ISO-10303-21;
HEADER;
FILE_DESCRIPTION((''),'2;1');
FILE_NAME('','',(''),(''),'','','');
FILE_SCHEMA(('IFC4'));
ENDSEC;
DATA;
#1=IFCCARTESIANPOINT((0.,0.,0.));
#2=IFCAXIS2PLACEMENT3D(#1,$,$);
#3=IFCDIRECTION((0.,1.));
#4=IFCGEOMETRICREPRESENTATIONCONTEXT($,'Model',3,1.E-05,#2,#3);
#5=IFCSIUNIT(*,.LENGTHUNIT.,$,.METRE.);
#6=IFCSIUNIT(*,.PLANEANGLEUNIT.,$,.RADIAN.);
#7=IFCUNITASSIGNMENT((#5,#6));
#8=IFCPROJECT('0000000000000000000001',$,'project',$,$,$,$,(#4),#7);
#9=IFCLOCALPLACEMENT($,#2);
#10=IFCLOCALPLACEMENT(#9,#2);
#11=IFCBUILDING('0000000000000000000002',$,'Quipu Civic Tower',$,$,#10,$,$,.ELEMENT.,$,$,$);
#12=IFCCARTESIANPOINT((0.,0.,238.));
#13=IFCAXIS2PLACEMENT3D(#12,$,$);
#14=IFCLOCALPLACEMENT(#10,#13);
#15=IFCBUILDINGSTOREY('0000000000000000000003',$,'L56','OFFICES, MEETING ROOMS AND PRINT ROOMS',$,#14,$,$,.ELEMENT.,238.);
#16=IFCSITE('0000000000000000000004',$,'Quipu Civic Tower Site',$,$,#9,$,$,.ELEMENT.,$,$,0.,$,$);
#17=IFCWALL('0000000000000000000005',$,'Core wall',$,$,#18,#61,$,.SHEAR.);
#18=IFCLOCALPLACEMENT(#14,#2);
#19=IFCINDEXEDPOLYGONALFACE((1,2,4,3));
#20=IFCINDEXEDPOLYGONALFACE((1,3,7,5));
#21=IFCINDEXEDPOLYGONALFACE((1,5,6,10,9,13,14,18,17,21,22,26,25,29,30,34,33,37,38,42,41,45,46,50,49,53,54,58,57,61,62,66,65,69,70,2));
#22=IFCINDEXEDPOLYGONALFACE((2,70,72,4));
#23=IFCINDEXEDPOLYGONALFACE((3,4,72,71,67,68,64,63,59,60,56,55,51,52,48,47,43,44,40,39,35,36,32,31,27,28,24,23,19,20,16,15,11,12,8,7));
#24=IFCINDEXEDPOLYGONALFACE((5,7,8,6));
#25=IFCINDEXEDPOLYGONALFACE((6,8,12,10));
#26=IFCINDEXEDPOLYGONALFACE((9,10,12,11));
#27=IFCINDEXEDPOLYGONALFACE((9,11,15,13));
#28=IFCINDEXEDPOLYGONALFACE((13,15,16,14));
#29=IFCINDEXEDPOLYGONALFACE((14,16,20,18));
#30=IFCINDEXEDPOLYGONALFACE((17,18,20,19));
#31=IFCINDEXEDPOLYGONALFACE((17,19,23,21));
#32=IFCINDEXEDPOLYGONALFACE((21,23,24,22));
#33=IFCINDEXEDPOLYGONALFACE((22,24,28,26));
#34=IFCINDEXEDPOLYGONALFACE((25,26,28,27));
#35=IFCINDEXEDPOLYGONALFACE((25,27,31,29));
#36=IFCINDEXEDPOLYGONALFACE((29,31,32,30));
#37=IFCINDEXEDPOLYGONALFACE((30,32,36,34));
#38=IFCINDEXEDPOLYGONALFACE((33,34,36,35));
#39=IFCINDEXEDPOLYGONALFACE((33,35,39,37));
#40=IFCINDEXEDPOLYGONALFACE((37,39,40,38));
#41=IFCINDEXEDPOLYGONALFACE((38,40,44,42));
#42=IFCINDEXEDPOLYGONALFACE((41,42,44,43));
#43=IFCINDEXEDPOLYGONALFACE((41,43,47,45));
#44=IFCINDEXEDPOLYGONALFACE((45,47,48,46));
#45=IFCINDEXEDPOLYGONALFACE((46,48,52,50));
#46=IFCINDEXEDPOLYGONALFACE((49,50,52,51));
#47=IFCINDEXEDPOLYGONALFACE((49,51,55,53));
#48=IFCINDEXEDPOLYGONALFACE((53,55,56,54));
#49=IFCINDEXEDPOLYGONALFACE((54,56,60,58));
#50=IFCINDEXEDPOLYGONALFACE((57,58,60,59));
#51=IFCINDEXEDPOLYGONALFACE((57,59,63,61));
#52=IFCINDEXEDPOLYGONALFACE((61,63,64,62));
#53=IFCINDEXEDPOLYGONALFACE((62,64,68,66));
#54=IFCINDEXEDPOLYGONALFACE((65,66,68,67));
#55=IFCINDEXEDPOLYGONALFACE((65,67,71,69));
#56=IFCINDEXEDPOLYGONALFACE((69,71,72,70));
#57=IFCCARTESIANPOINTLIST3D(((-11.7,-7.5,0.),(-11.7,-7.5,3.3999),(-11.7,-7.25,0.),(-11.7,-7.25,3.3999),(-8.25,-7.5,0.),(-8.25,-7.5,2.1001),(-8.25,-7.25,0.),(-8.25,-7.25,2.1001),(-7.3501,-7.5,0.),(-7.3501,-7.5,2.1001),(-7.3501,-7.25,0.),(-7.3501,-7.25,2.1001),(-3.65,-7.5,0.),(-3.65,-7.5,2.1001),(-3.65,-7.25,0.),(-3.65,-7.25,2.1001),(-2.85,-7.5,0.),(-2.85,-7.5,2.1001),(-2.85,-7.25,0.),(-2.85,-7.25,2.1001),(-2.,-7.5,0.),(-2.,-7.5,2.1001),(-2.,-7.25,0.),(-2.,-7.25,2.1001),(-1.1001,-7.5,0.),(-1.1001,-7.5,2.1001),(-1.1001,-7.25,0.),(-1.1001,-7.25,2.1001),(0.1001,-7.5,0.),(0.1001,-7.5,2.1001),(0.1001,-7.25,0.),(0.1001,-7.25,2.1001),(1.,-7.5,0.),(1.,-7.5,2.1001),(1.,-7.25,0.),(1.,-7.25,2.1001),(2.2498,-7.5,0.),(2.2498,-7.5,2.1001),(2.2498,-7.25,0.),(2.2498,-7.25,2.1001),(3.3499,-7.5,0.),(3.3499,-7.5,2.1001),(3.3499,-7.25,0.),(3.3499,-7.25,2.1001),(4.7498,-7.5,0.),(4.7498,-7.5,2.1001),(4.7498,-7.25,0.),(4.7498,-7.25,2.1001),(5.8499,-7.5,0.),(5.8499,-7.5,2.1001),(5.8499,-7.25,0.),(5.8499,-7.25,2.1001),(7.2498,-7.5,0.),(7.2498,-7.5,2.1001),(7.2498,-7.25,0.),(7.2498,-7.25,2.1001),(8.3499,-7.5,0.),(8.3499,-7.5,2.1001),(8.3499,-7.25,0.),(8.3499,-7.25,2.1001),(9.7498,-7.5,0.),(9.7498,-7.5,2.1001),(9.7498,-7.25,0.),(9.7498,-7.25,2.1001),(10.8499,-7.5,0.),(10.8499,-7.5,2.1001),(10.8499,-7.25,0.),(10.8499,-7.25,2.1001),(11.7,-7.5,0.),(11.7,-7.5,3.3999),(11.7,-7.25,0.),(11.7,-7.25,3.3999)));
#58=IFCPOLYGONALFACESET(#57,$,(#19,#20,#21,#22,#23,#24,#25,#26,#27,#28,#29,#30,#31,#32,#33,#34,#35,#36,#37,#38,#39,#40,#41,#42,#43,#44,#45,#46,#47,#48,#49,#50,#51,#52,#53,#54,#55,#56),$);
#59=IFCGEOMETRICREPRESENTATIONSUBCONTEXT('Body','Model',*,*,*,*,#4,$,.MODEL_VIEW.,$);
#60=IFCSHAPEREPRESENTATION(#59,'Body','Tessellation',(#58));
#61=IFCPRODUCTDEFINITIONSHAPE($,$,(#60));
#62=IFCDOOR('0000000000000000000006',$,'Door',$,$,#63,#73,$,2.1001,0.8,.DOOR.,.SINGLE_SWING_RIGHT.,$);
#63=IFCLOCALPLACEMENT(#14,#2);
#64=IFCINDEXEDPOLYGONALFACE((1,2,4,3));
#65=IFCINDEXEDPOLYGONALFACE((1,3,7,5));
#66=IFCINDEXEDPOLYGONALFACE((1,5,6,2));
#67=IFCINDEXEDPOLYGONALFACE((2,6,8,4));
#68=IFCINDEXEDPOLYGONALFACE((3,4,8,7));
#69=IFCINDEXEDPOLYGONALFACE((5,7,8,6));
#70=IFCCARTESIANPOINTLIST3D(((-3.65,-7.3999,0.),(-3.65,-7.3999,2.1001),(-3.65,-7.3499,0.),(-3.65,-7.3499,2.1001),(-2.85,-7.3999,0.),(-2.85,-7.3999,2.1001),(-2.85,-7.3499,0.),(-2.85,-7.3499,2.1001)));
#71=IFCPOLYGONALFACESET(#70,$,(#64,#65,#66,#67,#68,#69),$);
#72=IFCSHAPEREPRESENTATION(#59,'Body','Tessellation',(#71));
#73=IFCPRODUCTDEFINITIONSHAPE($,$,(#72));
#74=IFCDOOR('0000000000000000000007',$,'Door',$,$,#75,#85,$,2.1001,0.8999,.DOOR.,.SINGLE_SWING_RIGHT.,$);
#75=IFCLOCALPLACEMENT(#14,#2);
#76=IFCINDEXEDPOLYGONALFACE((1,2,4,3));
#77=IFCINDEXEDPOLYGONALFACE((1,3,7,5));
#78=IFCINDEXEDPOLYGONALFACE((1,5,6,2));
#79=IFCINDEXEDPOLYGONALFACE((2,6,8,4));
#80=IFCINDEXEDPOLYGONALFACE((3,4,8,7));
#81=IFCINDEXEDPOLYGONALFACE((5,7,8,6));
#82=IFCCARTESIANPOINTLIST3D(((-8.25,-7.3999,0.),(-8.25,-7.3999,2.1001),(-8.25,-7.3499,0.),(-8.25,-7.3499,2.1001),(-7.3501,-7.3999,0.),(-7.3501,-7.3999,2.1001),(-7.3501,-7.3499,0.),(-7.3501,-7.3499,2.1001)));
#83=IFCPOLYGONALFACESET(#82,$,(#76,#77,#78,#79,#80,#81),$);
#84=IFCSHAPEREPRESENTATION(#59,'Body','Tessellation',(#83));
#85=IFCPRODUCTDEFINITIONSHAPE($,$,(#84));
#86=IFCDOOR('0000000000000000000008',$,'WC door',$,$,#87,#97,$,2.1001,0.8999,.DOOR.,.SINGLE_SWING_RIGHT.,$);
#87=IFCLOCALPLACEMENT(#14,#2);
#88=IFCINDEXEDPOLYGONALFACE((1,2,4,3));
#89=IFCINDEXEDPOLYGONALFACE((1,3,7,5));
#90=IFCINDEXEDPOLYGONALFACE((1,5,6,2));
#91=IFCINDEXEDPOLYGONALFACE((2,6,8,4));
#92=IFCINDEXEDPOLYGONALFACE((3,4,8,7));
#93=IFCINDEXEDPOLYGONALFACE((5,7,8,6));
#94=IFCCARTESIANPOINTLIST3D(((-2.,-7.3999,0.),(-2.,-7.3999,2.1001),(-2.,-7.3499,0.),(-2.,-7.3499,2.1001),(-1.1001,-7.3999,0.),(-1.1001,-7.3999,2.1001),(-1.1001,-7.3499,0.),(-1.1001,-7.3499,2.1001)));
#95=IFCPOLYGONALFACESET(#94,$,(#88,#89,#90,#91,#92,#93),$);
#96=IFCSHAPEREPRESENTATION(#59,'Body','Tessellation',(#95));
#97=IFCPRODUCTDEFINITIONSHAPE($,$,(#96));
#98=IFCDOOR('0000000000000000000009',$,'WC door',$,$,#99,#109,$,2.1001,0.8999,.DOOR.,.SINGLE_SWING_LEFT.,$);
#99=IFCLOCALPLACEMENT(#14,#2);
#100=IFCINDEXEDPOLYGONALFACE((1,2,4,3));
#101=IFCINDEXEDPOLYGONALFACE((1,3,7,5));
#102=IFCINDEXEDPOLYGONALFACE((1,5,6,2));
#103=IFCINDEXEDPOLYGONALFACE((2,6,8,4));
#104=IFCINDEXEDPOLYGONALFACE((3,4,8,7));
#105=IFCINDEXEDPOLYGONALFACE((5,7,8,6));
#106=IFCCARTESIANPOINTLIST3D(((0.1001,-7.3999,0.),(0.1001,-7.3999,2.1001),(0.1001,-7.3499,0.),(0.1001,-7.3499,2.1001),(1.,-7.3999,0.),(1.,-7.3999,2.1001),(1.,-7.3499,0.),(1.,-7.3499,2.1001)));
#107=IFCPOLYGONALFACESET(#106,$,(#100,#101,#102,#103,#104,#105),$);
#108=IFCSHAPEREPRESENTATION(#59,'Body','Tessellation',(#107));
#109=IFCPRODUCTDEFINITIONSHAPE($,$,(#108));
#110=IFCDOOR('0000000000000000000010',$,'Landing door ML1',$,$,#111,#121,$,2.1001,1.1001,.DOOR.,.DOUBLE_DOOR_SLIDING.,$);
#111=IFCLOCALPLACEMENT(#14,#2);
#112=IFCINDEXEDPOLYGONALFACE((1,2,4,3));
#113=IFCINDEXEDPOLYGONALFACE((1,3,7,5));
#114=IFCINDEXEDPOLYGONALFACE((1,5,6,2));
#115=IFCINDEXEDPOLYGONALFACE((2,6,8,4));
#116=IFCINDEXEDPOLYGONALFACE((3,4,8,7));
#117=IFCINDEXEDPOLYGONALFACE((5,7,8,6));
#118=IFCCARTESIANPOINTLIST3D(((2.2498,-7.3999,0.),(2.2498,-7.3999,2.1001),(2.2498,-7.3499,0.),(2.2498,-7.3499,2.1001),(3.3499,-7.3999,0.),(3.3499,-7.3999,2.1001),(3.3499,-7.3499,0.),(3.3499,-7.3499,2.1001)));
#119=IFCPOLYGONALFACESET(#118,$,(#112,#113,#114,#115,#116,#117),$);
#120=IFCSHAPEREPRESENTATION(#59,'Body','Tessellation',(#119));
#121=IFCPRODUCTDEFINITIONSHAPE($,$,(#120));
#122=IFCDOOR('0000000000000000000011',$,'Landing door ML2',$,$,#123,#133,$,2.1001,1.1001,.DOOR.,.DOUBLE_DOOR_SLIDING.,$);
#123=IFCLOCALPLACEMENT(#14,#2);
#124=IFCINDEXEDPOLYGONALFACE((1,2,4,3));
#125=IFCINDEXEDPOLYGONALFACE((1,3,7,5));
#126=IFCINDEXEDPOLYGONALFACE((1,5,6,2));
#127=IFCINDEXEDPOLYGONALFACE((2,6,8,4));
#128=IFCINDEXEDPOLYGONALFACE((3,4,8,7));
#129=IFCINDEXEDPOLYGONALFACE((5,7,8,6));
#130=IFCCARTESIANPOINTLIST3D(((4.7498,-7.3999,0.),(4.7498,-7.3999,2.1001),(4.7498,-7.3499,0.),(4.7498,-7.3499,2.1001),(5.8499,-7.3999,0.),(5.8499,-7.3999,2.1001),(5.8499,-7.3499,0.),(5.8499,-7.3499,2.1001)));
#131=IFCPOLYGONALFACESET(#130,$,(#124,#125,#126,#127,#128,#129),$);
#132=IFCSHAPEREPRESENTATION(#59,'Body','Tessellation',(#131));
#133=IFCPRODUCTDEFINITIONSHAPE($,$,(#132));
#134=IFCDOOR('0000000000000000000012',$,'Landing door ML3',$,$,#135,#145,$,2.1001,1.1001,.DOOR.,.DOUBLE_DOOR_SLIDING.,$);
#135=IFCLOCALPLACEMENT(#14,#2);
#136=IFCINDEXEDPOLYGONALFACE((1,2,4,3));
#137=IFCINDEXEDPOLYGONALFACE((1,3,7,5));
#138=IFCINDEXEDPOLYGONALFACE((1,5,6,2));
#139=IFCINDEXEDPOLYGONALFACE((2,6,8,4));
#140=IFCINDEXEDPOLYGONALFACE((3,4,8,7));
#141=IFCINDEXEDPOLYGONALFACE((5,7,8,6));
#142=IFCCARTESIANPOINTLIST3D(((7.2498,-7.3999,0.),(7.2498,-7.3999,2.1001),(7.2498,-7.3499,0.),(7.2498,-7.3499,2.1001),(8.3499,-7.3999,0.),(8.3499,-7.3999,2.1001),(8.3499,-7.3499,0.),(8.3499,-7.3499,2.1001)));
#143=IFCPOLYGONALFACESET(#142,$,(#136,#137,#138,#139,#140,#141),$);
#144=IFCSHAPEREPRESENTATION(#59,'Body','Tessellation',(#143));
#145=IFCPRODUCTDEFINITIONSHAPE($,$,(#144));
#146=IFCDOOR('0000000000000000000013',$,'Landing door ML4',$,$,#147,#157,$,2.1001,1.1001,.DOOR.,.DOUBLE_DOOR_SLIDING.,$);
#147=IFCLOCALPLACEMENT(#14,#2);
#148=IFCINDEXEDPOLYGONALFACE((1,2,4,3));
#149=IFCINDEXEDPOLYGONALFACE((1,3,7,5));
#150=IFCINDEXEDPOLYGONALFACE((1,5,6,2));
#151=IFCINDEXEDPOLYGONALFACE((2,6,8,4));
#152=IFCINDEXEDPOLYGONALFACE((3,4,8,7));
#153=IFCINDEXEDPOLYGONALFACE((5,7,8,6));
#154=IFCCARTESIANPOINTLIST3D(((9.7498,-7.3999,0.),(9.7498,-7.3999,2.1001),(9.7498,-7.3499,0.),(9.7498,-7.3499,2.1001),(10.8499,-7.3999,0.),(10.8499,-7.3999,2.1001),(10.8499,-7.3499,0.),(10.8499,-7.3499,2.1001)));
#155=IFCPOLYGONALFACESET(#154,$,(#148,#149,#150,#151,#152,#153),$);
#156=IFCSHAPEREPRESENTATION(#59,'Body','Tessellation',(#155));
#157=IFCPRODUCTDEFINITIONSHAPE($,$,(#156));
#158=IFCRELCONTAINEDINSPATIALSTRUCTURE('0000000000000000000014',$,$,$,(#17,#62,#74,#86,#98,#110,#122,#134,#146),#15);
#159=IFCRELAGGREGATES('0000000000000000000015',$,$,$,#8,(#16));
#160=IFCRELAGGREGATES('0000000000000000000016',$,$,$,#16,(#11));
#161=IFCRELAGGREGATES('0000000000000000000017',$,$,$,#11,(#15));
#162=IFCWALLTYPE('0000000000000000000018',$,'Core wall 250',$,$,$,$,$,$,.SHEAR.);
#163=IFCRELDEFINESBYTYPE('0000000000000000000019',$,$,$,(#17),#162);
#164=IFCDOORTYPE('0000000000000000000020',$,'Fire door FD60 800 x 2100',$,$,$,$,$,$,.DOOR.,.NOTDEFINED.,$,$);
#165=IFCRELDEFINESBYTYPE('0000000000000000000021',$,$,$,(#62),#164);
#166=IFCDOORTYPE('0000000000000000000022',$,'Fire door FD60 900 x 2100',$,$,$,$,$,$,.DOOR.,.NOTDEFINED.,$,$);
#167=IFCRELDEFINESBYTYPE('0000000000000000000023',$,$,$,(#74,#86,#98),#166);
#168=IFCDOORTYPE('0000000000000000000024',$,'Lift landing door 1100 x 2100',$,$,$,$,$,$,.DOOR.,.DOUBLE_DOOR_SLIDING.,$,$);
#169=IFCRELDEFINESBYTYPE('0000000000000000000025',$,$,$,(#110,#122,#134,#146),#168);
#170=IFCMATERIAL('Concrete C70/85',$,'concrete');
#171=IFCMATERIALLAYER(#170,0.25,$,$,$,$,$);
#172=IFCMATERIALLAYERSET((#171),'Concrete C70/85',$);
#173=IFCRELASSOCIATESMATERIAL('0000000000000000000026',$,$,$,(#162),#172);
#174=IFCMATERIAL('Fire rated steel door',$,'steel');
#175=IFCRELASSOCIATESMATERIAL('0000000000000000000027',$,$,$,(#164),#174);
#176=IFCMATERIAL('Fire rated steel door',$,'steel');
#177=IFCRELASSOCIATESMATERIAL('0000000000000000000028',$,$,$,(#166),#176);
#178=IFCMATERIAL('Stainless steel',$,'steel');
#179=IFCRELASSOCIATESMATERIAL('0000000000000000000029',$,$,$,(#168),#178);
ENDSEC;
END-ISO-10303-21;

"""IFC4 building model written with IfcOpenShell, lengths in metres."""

from ifc_helpers import new_model, si_unit, direction, frame, frame_2d, origin, place, context, subcontext, project, spatial, rectangle, extrude, material, layer, layer_set, type_object, element, fill, save


model = new_model("IFC4")

# Units and contexts
model_context = context("Model", 3, precision=1e-05, world=origin(), true_north=direction((0.0, 1.0)))
body_context = subcontext(model_context, "Body", "Model", "MODEL_VIEW")
ifc_project = project(units=[si_unit("LENGTHUNIT", "METRE"), si_unit("PLANEANGLEUNIT", "RADIAN")], contexts=[model_context])

# Site, building, storey
site_placement = place(None, origin())
site = spatial("IfcSite", under=ifc_project, at=site_placement, Name="Quipu Civic Tower Site", CompositionType="ELEMENT", RefElevation=0.0)
building_placement = place(site_placement, origin())
building = spatial("IfcBuilding", under=site, at=building_placement, Name="Quipu Civic Tower", CompositionType="ELEMENT")
storey_placement = place(building_placement, frame((0.0, 0.0, 238.0)))
storey = spatial("IfcBuildingStorey", under=building, at=storey_placement, Name="L56", Description="OFFICES, MEETING ROOMS AND PRINT ROOMS", CompositionType="ELEMENT", Elevation=238.0)

# Shared definitions
ifc_material_1 = material(Name="Concrete C70/85", Category="concrete")
ifc_layer_1 = layer(ifc_material_1, 0.25)
ifc_layer_set_1 = layer_set([ifc_layer_1], Name="Concrete C70/85")
wall_type_1 = type_object("IfcWallType", Name="Core wall 250", PredefinedType="SHEAR", material=ifc_layer_set_1)

# Wall, openings, doors
wall_1_placement = place(storey_placement, frame((11.7, -7.375, 0.0), z_axis=(0.0, 0.0, 1.0), x_axis=(-1.0, 0.0, 0.0)))
wall_1 = element("IfcWall", 1, at=wall_1_placement, inside=storey, type_object=wall_type_1, Name="Core wall", PredefinedType="SHEAR", context=body_context, shape_type="SweptSolid", body=[
    extrude(rectangle(XDim=23.3999, YDim=0.25, at=frame_2d((11.7, 0.0))), origin(), (0.0, 0.0, 1.0), 3.3999),
])
opening_1_placement = place(wall_1_placement, frame((19.05, 0.0, 0.0)))
opening_1 = element("IfcOpeningElement", 2, at=opening_1_placement, cuts=wall_1, PredefinedType="OPENING", context=body_context, shape_type="SweptSolid", body=[
    extrude(rectangle(XDim=0.8999, YDim=2.1001, at=frame_2d((0.45, 1.05))), frame((0.0, 0.135, 0.0), z_axis=(0.0, -1.0, 0.0), x_axis=(1.0, 0.0, 0.0)), (0.0, 0.0, 1.0), 0.27),
])
opening_2_placement = place(wall_1_placement, frame((14.55, 0.0, 0.0)))
opening_2 = element("IfcOpeningElement", 3, at=opening_2_placement, cuts=wall_1, PredefinedType="OPENING", context=body_context, shape_type="SweptSolid", body=[
    extrude(rectangle(XDim=0.8, YDim=2.1001, at=frame_2d((0.3999, 1.05))), frame((0.0, 0.135, 0.0), z_axis=(0.0, -1.0, 0.0), x_axis=(1.0, 0.0, 0.0)), (0.0, 0.0, 1.0), 0.27),
])
opening_3_placement = place(wall_1_placement, frame((12.8, 0.0, 0.0)))
opening_3 = element("IfcOpeningElement", 4, at=opening_3_placement, cuts=wall_1, PredefinedType="OPENING", context=body_context, shape_type="SweptSolid", body=[
    extrude(rectangle(XDim=0.8999, YDim=2.1001, at=frame_2d((0.45, 1.05))), frame((0.0, 0.135, 0.0), z_axis=(0.0, -1.0, 0.0), x_axis=(1.0, 0.0, 0.0)), (0.0, 0.0, 1.0), 0.27),
])
opening_4_placement = place(wall_1_placement, frame((10.7, 0.0, 0.0)))
opening_4 = element("IfcOpeningElement", 5, at=opening_4_placement, cuts=wall_1, PredefinedType="OPENING", context=body_context, shape_type="SweptSolid", body=[
    extrude(rectangle(XDim=0.8999, YDim=2.1001, at=frame_2d((0.45, 1.05))), frame((0.0, 0.135, 0.0), z_axis=(0.0, -1.0, 0.0), x_axis=(1.0, 0.0, 0.0)), (0.0, 0.0, 1.0), 0.27),
])
opening_5_placement = place(wall_1_placement, frame((8.3501, 0.0, 0.0)))
opening_5 = element("IfcOpeningElement", 6, at=opening_5_placement, cuts=wall_1, PredefinedType="OPENING", context=body_context, shape_type="SweptSolid", body=[
    extrude(rectangle(XDim=1.1001, YDim=2.1001, at=frame_2d((0.55, 1.05))), frame((0.0, 0.135, 0.0), z_axis=(0.0, -1.0, 0.0), x_axis=(1.0, 0.0, 0.0)), (0.0, 0.0, 1.0), 0.27),
])
opening_6_placement = place(wall_1_placement, frame((5.8501, 0.0, 0.0)))
opening_6 = element("IfcOpeningElement", 7, at=opening_6_placement, cuts=wall_1, PredefinedType="OPENING", context=body_context, shape_type="SweptSolid", body=[
    extrude(rectangle(XDim=1.1001, YDim=2.1001, at=frame_2d((0.55, 1.05))), frame((0.0, 0.135, 0.0), z_axis=(0.0, -1.0, 0.0), x_axis=(1.0, 0.0, 0.0)), (0.0, 0.0, 1.0), 0.27),
])
opening_7_placement = place(wall_1_placement, frame((3.3501, 0.0, 0.0)))
opening_7 = element("IfcOpeningElement", 8, at=opening_7_placement, cuts=wall_1, PredefinedType="OPENING", context=body_context, shape_type="SweptSolid", body=[
    extrude(rectangle(XDim=1.1001, YDim=2.1001, at=frame_2d((0.55, 1.05))), frame((0.0, 0.135, 0.0), z_axis=(0.0, -1.0, 0.0), x_axis=(1.0, 0.0, 0.0)), (0.0, 0.0, 1.0), 0.27),
])
opening_8_placement = place(wall_1_placement, frame((0.8501, 0.0, 0.0)))
opening_8 = element("IfcOpeningElement", 9, at=opening_8_placement, cuts=wall_1, PredefinedType="OPENING", context=body_context, shape_type="SweptSolid", body=[
    extrude(rectangle(XDim=1.1001, YDim=2.1001, at=frame_2d((0.55, 1.05))), frame((0.0, 0.135, 0.0), z_axis=(0.0, -1.0, 0.0), x_axis=(1.0, 0.0, 0.0)), (0.0, 0.0, 1.0), 0.27),
])
ifc_material_2 = material(Name="Fire rated steel door", Category="steel")
door_type_1 = type_object("IfcDoorType", Name="Fire door FD60 800 x 2100", OperationType="NOTDEFINED", PredefinedType="DOOR", material=ifc_material_2)
door_1_placement = place(opening_2_placement, origin())
door_1 = element("IfcDoor", 10, at=door_1_placement, inside=storey, type_object=door_type_1, Name="Door", OperationType="SINGLE_SWING_RIGHT", OverallHeight=2.1001, OverallWidth=0.8, PredefinedType="DOOR", context=body_context, shape_type="SweptSolid", body=[
    extrude(rectangle(XDim=0.8, YDim=2.1001, at=frame_2d((0.3999, 1.05))), frame((0.0, 0.0249, 0.0), z_axis=(0.0, -1.0, 0.0), x_axis=(1.0, 0.0, 0.0)), (0.0, 0.0, 1.0), 0.05),
])
fill(opening_2, door_1)
ifc_material_3 = material(Name="Fire rated steel door", Category="steel")
door_type_2 = type_object("IfcDoorType", Name="Fire door FD60 900 x 2100", OperationType="NOTDEFINED", PredefinedType="DOOR", material=ifc_material_3)
door_2_placement = place(opening_1_placement, origin())
door_2 = element("IfcDoor", 11, at=door_2_placement, inside=storey, type_object=door_type_2, Name="Door", OperationType="SINGLE_SWING_RIGHT", OverallHeight=2.1001, OverallWidth=0.8999, PredefinedType="DOOR", context=body_context, shape_type="SweptSolid", body=[
    extrude(rectangle(XDim=0.8999, YDim=2.1001, at=frame_2d((0.45, 1.05))), frame((0.0, 0.0249, 0.0), z_axis=(0.0, -1.0, 0.0), x_axis=(1.0, 0.0, 0.0)), (0.0, 0.0, 1.0), 0.05),
])
fill(opening_1, door_2)
door_3_placement = place(opening_3_placement, origin())
door_3 = element("IfcDoor", 12, at=door_3_placement, inside=storey, type_object=door_type_2, Name="WC door", OperationType="SINGLE_SWING_RIGHT", OverallHeight=2.1001, OverallWidth=0.8999, PredefinedType="DOOR", context=body_context, shape_type="SweptSolid", body=[
    extrude(rectangle(XDim=0.8999, YDim=2.1001, at=frame_2d((0.45, 1.05))), frame((0.0, 0.0249, 0.0), z_axis=(0.0, -1.0, 0.0), x_axis=(1.0, 0.0, 0.0)), (0.0, 0.0, 1.0), 0.05),
])
fill(opening_3, door_3)
door_4_placement = place(opening_4_placement, origin())
door_4 = element("IfcDoor", 13, at=door_4_placement, inside=storey, type_object=door_type_2, Name="WC door", OperationType="SINGLE_SWING_LEFT", OverallHeight=2.1001, OverallWidth=0.8999, PredefinedType="DOOR", context=body_context, shape_type="SweptSolid", body=[
    extrude(rectangle(XDim=0.8999, YDim=2.1001, at=frame_2d((0.45, 1.05))), frame((0.0, 0.0249, 0.0), z_axis=(0.0, -1.0, 0.0), x_axis=(1.0, 0.0, 0.0)), (0.0, 0.0, 1.0), 0.05),
])
fill(opening_4, door_4)
ifc_material_4 = material(Name="Stainless steel", Category="steel")
door_type_3 = type_object("IfcDoorType", Name="Lift landing door 1100 x 2100", OperationType="DOUBLE_DOOR_SLIDING", PredefinedType="DOOR", material=ifc_material_4)
door_5_placement = place(opening_5_placement, origin())
door_5 = element("IfcDoor", 14, at=door_5_placement, inside=storey, type_object=door_type_3, Name="Landing door ML1", OperationType="DOUBLE_DOOR_SLIDING", OverallHeight=2.1001, OverallWidth=1.1001, PredefinedType="DOOR", context=body_context, shape_type="SweptSolid", body=[
    extrude(rectangle(XDim=1.1001, YDim=2.1001, at=frame_2d((0.55, 1.05))), frame((0.0, 0.0249, 0.0), z_axis=(0.0, -1.0, 0.0), x_axis=(1.0, 0.0, 0.0)), (0.0, 0.0, 1.0), 0.05),
])
fill(opening_5, door_5)
door_6_placement = place(opening_6_placement, origin())
door_6 = element("IfcDoor", 15, at=door_6_placement, inside=storey, type_object=door_type_3, Name="Landing door ML2", OperationType="DOUBLE_DOOR_SLIDING", OverallHeight=2.1001, OverallWidth=1.1001, PredefinedType="DOOR", context=body_context, shape_type="SweptSolid", body=[
    extrude(rectangle(XDim=1.1001, YDim=2.1001, at=frame_2d((0.55, 1.05))), frame((0.0, 0.0249, 0.0), z_axis=(0.0, -1.0, 0.0), x_axis=(1.0, 0.0, 0.0)), (0.0, 0.0, 1.0), 0.05),
])
fill(opening_6, door_6)
door_7_placement = place(opening_7_placement, origin())
door_7 = element("IfcDoor", 16, at=door_7_placement, inside=storey, type_object=door_type_3, Name="Landing door ML3", OperationType="DOUBLE_DOOR_SLIDING", OverallHeight=2.1001, OverallWidth=1.1001, PredefinedType="DOOR", context=body_context, shape_type="SweptSolid", body=[
    extrude(rectangle(XDim=1.1001, YDim=2.1001, at=frame_2d((0.55, 1.05))), frame((0.0, 0.0249, 0.0), z_axis=(0.0, -1.0, 0.0), x_axis=(1.0, 0.0, 0.0)), (0.0, 0.0, 1.0), 0.05),
])
fill(opening_7, door_7)
door_8_placement = place(opening_8_placement, origin())
door_8 = element("IfcDoor", 17, at=door_8_placement, inside=storey, type_object=door_type_3, Name="Landing door ML4", OperationType="DOUBLE_DOOR_SLIDING", OverallHeight=2.1001, OverallWidth=1.1001, PredefinedType="DOOR", context=body_context, shape_type="SweptSolid", body=[
    extrude(rectangle(XDim=1.1001, YDim=2.1001, at=frame_2d((0.55, 1.05))), frame((0.0, 0.0249, 0.0), z_axis=(0.0, -1.0, 0.0), x_axis=(1.0, 0.0, 0.0)), (0.0, 0.0, 1.0), 0.05),
])
fill(opening_8, door_8)

save(model, "model.ifc")
